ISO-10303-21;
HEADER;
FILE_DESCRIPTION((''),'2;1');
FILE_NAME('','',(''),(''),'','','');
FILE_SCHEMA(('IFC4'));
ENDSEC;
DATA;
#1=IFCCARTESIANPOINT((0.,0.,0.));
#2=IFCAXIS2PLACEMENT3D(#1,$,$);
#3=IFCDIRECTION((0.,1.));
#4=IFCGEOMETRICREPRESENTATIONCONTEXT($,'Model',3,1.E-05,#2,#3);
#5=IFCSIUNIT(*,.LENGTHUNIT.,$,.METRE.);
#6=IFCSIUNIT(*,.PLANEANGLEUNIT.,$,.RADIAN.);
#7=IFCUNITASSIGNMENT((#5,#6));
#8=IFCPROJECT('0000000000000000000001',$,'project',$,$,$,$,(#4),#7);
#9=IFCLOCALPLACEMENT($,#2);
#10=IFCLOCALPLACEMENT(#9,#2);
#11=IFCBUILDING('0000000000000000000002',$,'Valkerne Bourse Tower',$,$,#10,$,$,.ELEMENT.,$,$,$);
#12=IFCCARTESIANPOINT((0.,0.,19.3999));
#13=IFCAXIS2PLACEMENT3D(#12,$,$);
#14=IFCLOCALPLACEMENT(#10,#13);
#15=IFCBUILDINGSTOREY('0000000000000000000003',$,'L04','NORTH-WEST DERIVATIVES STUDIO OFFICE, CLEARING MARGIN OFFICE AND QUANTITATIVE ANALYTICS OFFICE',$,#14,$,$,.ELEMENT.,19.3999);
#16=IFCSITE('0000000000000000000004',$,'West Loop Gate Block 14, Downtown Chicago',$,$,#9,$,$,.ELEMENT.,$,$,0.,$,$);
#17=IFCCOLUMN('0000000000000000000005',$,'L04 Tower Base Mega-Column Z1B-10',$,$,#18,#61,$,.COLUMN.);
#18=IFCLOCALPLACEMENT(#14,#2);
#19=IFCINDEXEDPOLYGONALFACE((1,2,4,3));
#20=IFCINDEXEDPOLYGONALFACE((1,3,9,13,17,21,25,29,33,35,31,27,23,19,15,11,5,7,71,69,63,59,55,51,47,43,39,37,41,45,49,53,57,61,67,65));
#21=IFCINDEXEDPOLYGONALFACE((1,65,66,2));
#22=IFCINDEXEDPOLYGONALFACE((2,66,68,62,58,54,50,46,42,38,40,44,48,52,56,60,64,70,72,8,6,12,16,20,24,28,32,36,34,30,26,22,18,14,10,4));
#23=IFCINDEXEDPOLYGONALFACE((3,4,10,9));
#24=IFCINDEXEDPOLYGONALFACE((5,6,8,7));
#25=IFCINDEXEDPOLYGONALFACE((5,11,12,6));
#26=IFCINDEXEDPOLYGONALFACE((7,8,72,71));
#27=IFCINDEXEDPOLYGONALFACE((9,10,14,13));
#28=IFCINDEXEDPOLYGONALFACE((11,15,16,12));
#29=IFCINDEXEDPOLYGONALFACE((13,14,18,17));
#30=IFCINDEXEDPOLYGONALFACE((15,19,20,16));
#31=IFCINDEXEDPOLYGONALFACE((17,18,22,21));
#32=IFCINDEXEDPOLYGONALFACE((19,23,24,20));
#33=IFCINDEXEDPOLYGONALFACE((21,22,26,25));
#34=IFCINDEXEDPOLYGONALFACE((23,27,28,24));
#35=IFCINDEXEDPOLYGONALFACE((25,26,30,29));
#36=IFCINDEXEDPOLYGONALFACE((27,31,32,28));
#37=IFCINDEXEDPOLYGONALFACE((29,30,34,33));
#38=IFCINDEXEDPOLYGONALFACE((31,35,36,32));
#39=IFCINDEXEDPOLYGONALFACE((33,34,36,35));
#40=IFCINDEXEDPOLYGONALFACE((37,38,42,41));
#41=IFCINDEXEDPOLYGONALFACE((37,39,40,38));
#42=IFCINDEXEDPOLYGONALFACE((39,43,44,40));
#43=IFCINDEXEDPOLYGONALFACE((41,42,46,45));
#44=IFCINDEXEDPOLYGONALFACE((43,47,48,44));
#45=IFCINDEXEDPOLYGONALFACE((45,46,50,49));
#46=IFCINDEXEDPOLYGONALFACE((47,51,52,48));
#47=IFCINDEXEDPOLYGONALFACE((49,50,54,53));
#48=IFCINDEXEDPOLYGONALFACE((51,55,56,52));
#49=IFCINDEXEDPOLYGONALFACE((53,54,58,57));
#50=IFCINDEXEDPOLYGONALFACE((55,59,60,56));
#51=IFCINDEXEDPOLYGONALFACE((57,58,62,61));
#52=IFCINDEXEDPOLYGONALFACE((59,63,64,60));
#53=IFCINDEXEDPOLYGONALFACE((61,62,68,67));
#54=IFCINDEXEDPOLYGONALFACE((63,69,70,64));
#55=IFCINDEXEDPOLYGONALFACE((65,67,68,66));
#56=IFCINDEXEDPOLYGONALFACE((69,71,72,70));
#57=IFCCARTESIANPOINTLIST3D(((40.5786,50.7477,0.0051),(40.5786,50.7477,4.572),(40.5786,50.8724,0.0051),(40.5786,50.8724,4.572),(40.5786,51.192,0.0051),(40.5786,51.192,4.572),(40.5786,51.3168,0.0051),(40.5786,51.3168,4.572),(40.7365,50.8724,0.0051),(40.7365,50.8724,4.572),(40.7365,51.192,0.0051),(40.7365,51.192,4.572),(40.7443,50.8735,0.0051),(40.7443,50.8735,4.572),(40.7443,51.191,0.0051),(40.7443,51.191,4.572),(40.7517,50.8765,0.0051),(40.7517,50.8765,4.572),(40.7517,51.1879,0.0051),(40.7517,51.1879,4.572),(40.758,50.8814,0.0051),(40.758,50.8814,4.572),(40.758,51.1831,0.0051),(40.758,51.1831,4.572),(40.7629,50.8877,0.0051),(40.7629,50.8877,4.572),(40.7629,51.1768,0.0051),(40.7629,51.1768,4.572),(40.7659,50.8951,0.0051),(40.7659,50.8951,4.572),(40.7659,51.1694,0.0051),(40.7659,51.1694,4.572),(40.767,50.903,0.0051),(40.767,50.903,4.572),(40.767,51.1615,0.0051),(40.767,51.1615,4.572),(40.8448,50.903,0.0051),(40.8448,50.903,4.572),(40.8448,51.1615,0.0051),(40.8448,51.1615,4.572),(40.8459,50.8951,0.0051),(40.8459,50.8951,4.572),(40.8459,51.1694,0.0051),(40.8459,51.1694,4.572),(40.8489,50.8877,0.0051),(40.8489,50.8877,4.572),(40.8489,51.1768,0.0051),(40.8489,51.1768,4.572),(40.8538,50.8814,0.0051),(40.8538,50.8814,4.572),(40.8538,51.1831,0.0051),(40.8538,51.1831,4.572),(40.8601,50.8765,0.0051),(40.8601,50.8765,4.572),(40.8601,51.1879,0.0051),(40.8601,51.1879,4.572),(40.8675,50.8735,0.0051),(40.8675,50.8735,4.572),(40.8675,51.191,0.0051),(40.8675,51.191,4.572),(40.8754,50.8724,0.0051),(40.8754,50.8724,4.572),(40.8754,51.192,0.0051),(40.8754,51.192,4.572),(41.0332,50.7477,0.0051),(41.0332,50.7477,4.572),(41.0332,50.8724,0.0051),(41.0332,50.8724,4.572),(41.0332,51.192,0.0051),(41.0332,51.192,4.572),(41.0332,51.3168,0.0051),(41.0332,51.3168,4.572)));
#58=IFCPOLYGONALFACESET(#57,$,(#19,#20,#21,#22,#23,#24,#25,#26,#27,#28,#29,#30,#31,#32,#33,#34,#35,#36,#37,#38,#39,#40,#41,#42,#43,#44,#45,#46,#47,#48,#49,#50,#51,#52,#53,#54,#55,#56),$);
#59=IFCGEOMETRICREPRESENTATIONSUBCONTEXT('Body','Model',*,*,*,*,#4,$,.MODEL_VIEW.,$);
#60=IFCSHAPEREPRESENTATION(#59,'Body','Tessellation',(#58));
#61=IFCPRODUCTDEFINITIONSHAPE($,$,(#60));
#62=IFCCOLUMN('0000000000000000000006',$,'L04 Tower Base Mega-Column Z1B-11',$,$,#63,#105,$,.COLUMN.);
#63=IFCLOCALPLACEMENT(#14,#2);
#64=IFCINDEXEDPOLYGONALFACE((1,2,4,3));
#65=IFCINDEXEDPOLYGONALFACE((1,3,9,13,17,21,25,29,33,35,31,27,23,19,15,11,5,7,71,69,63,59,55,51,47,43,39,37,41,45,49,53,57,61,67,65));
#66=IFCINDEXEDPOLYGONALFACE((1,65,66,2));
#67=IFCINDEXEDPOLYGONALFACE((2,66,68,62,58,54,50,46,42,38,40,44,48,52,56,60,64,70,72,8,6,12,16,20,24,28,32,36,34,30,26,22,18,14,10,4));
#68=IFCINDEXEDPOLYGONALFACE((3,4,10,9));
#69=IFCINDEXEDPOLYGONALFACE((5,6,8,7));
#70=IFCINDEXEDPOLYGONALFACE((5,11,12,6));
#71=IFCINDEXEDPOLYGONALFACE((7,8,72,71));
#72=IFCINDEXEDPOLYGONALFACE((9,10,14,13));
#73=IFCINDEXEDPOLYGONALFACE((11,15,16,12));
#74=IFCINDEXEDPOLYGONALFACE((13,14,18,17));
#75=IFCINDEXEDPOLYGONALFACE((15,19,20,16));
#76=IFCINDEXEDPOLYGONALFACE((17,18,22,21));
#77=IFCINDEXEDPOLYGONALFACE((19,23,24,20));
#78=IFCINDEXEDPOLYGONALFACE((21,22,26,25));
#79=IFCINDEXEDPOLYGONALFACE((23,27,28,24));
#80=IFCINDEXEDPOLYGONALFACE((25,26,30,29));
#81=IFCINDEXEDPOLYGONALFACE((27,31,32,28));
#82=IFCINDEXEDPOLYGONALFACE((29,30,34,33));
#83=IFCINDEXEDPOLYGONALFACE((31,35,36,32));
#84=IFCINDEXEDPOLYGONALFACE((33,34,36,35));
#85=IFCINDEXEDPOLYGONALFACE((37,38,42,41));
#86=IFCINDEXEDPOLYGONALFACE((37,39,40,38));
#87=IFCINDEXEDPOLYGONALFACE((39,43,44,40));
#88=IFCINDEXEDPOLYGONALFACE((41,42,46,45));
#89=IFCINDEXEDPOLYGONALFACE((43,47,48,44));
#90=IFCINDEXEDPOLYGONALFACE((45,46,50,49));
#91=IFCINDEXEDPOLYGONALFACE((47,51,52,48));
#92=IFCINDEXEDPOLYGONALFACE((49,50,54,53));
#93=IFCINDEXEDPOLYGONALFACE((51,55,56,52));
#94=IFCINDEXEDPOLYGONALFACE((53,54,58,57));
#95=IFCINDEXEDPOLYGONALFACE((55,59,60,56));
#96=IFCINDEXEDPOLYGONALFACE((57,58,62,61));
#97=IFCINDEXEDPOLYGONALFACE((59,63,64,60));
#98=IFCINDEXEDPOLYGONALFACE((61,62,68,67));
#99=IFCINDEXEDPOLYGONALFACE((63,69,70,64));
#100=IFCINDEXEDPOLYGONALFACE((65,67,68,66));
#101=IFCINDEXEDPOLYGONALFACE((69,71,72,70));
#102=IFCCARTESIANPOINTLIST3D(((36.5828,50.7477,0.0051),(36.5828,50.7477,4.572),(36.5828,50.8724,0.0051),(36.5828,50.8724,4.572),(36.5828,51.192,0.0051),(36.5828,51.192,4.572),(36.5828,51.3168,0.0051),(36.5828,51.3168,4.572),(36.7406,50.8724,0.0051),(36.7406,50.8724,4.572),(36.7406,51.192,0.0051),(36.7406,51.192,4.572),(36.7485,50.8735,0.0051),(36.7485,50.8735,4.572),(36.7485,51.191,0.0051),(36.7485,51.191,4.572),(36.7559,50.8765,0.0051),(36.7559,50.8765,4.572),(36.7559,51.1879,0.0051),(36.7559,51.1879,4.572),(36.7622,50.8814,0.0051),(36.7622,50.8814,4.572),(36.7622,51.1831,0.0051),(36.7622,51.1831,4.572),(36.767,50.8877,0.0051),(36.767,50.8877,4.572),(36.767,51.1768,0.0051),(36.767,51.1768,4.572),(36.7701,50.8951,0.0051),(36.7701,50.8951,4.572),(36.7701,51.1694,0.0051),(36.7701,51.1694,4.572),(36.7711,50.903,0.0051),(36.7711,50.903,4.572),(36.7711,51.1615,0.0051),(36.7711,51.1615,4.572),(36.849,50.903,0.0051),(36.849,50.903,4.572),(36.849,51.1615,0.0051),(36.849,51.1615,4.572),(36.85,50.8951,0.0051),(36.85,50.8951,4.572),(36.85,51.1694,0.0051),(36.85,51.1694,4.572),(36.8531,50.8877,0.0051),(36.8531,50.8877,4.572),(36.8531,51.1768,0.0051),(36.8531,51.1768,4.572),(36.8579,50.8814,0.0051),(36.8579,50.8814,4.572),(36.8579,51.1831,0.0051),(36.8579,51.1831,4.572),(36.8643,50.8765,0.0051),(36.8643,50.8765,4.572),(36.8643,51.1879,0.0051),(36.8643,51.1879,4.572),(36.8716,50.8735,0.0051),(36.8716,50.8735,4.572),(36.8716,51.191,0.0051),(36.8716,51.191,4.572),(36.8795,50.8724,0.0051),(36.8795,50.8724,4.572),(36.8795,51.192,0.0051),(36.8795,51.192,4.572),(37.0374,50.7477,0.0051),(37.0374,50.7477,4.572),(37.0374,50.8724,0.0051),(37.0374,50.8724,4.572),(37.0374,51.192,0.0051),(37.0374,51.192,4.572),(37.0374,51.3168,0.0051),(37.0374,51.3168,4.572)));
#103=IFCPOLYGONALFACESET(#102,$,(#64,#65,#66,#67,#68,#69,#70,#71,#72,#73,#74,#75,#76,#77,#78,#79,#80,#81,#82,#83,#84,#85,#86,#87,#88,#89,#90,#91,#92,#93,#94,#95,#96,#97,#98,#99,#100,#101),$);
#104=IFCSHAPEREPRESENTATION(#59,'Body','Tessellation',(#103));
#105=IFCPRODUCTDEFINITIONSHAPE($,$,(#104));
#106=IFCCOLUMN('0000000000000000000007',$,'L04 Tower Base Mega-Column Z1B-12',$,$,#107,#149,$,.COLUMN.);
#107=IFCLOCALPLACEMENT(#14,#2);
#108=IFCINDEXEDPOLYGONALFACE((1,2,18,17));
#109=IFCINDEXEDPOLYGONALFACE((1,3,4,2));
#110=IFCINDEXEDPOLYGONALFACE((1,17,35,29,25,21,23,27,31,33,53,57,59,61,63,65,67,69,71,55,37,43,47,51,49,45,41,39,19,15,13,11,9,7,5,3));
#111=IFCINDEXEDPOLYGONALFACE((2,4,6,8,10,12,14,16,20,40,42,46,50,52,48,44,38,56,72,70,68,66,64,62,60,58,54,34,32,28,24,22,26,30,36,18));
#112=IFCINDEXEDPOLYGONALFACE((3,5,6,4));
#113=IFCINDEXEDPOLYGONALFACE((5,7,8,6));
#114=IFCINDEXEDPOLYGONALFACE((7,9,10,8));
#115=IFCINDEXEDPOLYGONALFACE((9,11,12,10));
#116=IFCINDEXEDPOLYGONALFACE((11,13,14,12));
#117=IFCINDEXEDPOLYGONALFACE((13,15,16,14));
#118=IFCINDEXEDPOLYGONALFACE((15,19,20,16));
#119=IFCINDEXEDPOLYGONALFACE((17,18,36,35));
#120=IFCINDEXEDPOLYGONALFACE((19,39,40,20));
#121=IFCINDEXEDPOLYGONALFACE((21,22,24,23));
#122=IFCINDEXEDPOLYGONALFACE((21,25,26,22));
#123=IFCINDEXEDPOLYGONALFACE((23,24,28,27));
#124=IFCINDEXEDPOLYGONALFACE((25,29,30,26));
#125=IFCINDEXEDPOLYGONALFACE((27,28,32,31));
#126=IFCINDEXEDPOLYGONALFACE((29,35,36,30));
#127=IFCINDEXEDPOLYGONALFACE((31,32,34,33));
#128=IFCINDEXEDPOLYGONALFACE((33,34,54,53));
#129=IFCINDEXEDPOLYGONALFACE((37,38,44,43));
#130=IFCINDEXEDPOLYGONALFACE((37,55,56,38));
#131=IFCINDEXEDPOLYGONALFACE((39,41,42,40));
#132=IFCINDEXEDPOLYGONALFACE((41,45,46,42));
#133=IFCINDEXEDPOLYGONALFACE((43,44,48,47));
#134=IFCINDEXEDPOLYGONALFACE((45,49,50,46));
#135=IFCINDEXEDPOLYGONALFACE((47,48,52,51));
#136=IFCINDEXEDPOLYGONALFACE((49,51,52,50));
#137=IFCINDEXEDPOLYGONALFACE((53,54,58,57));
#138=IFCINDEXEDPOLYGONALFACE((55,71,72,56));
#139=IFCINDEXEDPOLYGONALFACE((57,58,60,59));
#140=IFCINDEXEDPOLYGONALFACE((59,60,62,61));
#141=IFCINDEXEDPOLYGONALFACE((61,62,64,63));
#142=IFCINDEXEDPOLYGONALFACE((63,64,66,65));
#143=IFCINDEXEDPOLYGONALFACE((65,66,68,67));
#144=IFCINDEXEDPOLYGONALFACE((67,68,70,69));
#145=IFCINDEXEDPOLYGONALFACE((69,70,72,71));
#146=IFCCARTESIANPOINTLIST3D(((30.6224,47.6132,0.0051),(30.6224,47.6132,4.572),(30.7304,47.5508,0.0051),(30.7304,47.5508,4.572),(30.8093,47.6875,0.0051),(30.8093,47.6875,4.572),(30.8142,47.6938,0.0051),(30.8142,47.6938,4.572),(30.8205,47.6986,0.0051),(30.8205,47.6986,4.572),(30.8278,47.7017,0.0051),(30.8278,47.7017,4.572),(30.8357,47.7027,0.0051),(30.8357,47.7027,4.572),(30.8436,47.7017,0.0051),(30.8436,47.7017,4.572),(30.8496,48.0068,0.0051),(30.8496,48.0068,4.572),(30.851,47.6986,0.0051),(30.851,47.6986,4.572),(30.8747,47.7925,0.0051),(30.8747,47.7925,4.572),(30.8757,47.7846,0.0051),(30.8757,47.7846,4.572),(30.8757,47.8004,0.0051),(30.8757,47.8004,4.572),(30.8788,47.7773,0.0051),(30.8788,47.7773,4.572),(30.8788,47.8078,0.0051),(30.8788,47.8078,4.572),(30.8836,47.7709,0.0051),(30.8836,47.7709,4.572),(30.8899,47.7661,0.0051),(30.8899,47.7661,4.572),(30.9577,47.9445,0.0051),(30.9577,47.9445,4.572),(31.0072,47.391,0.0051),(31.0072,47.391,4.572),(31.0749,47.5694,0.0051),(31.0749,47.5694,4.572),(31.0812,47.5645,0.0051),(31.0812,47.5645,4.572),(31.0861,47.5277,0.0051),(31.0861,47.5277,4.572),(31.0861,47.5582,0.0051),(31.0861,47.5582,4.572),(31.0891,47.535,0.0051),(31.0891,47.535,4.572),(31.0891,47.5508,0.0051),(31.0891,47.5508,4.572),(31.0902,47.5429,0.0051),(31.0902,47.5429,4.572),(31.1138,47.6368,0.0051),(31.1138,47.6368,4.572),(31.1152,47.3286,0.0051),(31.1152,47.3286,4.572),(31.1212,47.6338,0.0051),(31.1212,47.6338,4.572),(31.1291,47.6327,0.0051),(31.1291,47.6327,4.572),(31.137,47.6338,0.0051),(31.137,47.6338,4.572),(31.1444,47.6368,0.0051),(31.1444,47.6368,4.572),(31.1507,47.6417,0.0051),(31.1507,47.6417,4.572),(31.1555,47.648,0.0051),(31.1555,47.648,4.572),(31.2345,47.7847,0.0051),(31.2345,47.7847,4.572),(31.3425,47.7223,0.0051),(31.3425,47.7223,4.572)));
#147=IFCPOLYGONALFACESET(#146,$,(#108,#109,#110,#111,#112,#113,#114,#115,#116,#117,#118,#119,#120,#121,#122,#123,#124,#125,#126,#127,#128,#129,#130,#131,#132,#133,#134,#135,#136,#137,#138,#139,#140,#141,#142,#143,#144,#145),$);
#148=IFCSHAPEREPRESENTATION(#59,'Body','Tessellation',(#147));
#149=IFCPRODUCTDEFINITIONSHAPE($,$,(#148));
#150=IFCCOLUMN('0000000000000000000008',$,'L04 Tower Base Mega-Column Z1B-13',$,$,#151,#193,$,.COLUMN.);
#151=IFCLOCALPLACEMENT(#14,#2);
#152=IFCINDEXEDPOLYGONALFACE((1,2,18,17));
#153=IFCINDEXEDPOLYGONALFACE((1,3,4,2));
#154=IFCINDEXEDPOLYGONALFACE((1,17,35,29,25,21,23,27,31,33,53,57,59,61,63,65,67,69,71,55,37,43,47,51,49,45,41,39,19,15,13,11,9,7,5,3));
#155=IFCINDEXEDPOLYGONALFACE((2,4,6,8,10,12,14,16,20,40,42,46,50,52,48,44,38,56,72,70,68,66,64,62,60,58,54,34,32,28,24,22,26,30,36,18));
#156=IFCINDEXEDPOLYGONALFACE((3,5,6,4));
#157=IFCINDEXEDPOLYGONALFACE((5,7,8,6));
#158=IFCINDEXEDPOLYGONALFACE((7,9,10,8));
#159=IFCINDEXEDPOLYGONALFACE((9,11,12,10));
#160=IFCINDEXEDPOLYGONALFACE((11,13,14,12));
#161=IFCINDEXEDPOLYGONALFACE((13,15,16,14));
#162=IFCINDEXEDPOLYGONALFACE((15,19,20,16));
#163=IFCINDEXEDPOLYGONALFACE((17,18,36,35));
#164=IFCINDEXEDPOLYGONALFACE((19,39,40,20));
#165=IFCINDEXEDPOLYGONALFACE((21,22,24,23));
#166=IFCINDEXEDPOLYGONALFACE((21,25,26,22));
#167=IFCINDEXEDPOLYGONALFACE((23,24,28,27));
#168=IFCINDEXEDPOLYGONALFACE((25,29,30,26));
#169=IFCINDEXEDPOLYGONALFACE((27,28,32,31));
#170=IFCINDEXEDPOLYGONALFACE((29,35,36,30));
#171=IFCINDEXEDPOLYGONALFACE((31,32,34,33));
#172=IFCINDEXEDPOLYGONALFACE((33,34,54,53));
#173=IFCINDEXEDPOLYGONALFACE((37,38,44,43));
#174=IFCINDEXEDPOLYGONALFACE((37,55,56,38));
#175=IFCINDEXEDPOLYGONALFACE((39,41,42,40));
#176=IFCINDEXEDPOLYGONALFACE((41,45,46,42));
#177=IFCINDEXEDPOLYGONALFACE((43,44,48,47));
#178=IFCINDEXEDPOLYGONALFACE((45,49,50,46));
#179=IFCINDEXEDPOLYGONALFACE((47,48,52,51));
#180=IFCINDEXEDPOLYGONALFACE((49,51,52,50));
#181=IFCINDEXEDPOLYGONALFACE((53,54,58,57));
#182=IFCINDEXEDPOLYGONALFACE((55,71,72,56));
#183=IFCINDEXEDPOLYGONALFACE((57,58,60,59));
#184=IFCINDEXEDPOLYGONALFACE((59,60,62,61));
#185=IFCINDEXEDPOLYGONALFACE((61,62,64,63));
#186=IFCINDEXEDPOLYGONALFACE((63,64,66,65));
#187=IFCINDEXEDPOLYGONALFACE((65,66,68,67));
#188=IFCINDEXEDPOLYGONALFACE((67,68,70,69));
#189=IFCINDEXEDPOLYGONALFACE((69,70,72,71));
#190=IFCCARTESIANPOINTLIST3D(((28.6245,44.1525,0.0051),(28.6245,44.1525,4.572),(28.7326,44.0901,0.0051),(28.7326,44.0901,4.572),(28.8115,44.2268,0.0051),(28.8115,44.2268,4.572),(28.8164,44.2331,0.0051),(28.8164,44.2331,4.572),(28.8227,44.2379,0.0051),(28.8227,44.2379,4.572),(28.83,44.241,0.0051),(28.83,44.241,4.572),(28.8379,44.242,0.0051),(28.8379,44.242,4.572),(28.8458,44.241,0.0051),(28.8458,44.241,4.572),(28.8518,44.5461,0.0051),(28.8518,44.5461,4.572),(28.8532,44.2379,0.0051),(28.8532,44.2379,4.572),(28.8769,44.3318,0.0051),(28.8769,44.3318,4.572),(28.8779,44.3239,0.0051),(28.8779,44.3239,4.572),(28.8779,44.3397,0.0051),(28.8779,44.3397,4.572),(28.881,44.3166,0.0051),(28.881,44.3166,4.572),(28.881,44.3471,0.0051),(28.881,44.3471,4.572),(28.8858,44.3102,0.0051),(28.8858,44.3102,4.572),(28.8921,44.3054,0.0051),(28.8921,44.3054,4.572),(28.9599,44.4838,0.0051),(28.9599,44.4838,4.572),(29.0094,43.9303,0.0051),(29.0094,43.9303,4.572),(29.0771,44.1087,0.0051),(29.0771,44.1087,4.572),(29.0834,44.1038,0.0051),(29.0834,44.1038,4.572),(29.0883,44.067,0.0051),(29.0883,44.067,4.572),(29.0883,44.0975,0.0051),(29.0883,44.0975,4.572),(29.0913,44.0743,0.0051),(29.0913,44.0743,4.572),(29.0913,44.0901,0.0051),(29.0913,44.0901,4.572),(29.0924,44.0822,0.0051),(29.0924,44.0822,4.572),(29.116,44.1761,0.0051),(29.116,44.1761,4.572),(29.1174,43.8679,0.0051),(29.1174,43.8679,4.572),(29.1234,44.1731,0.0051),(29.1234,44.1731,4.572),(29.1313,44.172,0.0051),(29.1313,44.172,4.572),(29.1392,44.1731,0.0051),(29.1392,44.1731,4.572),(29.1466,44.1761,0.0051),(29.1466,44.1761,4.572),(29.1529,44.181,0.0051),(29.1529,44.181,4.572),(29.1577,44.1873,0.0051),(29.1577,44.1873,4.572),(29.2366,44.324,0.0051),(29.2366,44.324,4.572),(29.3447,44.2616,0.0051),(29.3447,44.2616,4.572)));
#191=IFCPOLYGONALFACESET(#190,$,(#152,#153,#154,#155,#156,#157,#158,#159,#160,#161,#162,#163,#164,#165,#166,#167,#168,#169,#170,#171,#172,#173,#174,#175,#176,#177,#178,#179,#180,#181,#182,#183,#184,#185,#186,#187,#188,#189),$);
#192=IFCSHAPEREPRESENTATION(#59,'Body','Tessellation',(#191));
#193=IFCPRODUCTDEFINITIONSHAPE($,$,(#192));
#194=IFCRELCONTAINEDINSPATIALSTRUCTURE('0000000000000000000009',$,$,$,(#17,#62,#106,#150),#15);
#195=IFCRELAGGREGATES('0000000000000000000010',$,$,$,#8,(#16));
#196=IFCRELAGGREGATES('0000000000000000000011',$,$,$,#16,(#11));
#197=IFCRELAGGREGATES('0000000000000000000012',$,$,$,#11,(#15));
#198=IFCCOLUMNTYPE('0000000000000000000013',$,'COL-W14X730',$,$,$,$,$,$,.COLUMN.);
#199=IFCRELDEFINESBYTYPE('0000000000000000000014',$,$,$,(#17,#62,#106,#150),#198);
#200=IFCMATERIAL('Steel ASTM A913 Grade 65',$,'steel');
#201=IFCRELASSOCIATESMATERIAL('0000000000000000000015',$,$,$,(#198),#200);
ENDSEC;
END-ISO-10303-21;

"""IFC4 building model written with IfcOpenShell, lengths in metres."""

from ifc_helpers import new_model, si_unit, direction, frame, origin, origin_2d, place, context, subcontext, project, spatial, i_section, extrude, material, material_profile, profile_set, type_object, element, save


model = new_model("IFC4")

# Units and contexts
model_context = context("Model", 3, precision=1e-05, world=origin(), true_north=direction((0.0, 1.0)))
body_context = subcontext(model_context, "Body", "Model", "MODEL_VIEW")
ifc_project = project(units=[si_unit("LENGTHUNIT", "METRE"), si_unit("PLANEANGLEUNIT", "RADIAN")], contexts=[model_context])

# Site, building, storey
site_placement = place(None, origin())
site = spatial("IfcSite", under=ifc_project, at=site_placement, Name="West Loop Gate Block 14, Downtown Chicago", CompositionType="ELEMENT", RefElevation=0.0)
building_placement = place(site_placement, origin())
building = spatial("IfcBuilding", under=site, at=building_placement, Name="Valkerne Bourse Tower", CompositionType="ELEMENT")
storey_placement = place(building_placement, frame((0.0, 0.0, 19.3999)))
storey = spatial("IfcBuildingStorey", under=building, at=storey_placement, Name="L04", Description="NORTH-WEST DERIVATIVES STUDIO OFFICE, CLEARING MARGIN OFFICE AND QUANTITATIVE ANALYTICS OFFICE", CompositionType="ELEMENT", Elevation=19.3999)

# Columns
ifc_material_1 = material(Name="Steel ASTM A913 Grade 65", Category="steel")
ifc_material_profile_1 = material_profile(ifc_material_1, i_section(OverallWidth=0.4546, OverallDepth=0.5691, WebThickness=0.0779, FlangeThickness=0.1248, FilletRadius=0.0305, at=origin_2d()), Name="W14X730")
ifc_profile_set_1 = profile_set([ifc_material_profile_1], Name="Steel ASTM A913 Grade 65")
column_type_1 = type_object("IfcColumnType", Name="COL-W14X730", PredefinedType="COLUMN", material=ifc_profile_set_1)
for number, where, z_axis, x_axis, name in (
    (1, (40.8059, 51.0322, 0.0051), (0.0, 0.0, 1.0), (-1.0, 0.0, 0.0), "L04 Tower Base Mega-Column Z1B-10"),
    (2, (36.8101, 51.0322, 0.0051), (0.0, 0.0, 1.0), (-1.0, 0.0, 0.0), "L04 Tower Base Mega-Column Z1B-11"),
    (3, (30.9824, 47.6677, 0.0051), (0.0, 0.0, 1.0), (-0.5, -0.866025, 0.0), "L04 Tower Base Mega-Column Z1B-12"),
    (4, (28.9846, 44.207, 0.0051), (0.0, 0.0, 1.0), (-0.5, -0.866025, 0.0), "L04 Tower Base Mega-Column Z1B-13"),
):
    element("IfcColumn", number, at=place(storey_placement, frame(where, z_axis=z_axis, x_axis=x_axis)), inside=storey, type_object=column_type_1, Name=name, PredefinedType="COLUMN", context=body_context, shape_type="SweptSolid", body=[
        extrude(i_section(OverallWidth=0.4546, OverallDepth=0.5691, WebThickness=0.0779, FlangeThickness=0.1248, FilletRadius=0.0305, at=origin_2d()), origin(), (0.0, 0.0, 1.0), 4.5669),
    ])

save(model, "model.ifc")
